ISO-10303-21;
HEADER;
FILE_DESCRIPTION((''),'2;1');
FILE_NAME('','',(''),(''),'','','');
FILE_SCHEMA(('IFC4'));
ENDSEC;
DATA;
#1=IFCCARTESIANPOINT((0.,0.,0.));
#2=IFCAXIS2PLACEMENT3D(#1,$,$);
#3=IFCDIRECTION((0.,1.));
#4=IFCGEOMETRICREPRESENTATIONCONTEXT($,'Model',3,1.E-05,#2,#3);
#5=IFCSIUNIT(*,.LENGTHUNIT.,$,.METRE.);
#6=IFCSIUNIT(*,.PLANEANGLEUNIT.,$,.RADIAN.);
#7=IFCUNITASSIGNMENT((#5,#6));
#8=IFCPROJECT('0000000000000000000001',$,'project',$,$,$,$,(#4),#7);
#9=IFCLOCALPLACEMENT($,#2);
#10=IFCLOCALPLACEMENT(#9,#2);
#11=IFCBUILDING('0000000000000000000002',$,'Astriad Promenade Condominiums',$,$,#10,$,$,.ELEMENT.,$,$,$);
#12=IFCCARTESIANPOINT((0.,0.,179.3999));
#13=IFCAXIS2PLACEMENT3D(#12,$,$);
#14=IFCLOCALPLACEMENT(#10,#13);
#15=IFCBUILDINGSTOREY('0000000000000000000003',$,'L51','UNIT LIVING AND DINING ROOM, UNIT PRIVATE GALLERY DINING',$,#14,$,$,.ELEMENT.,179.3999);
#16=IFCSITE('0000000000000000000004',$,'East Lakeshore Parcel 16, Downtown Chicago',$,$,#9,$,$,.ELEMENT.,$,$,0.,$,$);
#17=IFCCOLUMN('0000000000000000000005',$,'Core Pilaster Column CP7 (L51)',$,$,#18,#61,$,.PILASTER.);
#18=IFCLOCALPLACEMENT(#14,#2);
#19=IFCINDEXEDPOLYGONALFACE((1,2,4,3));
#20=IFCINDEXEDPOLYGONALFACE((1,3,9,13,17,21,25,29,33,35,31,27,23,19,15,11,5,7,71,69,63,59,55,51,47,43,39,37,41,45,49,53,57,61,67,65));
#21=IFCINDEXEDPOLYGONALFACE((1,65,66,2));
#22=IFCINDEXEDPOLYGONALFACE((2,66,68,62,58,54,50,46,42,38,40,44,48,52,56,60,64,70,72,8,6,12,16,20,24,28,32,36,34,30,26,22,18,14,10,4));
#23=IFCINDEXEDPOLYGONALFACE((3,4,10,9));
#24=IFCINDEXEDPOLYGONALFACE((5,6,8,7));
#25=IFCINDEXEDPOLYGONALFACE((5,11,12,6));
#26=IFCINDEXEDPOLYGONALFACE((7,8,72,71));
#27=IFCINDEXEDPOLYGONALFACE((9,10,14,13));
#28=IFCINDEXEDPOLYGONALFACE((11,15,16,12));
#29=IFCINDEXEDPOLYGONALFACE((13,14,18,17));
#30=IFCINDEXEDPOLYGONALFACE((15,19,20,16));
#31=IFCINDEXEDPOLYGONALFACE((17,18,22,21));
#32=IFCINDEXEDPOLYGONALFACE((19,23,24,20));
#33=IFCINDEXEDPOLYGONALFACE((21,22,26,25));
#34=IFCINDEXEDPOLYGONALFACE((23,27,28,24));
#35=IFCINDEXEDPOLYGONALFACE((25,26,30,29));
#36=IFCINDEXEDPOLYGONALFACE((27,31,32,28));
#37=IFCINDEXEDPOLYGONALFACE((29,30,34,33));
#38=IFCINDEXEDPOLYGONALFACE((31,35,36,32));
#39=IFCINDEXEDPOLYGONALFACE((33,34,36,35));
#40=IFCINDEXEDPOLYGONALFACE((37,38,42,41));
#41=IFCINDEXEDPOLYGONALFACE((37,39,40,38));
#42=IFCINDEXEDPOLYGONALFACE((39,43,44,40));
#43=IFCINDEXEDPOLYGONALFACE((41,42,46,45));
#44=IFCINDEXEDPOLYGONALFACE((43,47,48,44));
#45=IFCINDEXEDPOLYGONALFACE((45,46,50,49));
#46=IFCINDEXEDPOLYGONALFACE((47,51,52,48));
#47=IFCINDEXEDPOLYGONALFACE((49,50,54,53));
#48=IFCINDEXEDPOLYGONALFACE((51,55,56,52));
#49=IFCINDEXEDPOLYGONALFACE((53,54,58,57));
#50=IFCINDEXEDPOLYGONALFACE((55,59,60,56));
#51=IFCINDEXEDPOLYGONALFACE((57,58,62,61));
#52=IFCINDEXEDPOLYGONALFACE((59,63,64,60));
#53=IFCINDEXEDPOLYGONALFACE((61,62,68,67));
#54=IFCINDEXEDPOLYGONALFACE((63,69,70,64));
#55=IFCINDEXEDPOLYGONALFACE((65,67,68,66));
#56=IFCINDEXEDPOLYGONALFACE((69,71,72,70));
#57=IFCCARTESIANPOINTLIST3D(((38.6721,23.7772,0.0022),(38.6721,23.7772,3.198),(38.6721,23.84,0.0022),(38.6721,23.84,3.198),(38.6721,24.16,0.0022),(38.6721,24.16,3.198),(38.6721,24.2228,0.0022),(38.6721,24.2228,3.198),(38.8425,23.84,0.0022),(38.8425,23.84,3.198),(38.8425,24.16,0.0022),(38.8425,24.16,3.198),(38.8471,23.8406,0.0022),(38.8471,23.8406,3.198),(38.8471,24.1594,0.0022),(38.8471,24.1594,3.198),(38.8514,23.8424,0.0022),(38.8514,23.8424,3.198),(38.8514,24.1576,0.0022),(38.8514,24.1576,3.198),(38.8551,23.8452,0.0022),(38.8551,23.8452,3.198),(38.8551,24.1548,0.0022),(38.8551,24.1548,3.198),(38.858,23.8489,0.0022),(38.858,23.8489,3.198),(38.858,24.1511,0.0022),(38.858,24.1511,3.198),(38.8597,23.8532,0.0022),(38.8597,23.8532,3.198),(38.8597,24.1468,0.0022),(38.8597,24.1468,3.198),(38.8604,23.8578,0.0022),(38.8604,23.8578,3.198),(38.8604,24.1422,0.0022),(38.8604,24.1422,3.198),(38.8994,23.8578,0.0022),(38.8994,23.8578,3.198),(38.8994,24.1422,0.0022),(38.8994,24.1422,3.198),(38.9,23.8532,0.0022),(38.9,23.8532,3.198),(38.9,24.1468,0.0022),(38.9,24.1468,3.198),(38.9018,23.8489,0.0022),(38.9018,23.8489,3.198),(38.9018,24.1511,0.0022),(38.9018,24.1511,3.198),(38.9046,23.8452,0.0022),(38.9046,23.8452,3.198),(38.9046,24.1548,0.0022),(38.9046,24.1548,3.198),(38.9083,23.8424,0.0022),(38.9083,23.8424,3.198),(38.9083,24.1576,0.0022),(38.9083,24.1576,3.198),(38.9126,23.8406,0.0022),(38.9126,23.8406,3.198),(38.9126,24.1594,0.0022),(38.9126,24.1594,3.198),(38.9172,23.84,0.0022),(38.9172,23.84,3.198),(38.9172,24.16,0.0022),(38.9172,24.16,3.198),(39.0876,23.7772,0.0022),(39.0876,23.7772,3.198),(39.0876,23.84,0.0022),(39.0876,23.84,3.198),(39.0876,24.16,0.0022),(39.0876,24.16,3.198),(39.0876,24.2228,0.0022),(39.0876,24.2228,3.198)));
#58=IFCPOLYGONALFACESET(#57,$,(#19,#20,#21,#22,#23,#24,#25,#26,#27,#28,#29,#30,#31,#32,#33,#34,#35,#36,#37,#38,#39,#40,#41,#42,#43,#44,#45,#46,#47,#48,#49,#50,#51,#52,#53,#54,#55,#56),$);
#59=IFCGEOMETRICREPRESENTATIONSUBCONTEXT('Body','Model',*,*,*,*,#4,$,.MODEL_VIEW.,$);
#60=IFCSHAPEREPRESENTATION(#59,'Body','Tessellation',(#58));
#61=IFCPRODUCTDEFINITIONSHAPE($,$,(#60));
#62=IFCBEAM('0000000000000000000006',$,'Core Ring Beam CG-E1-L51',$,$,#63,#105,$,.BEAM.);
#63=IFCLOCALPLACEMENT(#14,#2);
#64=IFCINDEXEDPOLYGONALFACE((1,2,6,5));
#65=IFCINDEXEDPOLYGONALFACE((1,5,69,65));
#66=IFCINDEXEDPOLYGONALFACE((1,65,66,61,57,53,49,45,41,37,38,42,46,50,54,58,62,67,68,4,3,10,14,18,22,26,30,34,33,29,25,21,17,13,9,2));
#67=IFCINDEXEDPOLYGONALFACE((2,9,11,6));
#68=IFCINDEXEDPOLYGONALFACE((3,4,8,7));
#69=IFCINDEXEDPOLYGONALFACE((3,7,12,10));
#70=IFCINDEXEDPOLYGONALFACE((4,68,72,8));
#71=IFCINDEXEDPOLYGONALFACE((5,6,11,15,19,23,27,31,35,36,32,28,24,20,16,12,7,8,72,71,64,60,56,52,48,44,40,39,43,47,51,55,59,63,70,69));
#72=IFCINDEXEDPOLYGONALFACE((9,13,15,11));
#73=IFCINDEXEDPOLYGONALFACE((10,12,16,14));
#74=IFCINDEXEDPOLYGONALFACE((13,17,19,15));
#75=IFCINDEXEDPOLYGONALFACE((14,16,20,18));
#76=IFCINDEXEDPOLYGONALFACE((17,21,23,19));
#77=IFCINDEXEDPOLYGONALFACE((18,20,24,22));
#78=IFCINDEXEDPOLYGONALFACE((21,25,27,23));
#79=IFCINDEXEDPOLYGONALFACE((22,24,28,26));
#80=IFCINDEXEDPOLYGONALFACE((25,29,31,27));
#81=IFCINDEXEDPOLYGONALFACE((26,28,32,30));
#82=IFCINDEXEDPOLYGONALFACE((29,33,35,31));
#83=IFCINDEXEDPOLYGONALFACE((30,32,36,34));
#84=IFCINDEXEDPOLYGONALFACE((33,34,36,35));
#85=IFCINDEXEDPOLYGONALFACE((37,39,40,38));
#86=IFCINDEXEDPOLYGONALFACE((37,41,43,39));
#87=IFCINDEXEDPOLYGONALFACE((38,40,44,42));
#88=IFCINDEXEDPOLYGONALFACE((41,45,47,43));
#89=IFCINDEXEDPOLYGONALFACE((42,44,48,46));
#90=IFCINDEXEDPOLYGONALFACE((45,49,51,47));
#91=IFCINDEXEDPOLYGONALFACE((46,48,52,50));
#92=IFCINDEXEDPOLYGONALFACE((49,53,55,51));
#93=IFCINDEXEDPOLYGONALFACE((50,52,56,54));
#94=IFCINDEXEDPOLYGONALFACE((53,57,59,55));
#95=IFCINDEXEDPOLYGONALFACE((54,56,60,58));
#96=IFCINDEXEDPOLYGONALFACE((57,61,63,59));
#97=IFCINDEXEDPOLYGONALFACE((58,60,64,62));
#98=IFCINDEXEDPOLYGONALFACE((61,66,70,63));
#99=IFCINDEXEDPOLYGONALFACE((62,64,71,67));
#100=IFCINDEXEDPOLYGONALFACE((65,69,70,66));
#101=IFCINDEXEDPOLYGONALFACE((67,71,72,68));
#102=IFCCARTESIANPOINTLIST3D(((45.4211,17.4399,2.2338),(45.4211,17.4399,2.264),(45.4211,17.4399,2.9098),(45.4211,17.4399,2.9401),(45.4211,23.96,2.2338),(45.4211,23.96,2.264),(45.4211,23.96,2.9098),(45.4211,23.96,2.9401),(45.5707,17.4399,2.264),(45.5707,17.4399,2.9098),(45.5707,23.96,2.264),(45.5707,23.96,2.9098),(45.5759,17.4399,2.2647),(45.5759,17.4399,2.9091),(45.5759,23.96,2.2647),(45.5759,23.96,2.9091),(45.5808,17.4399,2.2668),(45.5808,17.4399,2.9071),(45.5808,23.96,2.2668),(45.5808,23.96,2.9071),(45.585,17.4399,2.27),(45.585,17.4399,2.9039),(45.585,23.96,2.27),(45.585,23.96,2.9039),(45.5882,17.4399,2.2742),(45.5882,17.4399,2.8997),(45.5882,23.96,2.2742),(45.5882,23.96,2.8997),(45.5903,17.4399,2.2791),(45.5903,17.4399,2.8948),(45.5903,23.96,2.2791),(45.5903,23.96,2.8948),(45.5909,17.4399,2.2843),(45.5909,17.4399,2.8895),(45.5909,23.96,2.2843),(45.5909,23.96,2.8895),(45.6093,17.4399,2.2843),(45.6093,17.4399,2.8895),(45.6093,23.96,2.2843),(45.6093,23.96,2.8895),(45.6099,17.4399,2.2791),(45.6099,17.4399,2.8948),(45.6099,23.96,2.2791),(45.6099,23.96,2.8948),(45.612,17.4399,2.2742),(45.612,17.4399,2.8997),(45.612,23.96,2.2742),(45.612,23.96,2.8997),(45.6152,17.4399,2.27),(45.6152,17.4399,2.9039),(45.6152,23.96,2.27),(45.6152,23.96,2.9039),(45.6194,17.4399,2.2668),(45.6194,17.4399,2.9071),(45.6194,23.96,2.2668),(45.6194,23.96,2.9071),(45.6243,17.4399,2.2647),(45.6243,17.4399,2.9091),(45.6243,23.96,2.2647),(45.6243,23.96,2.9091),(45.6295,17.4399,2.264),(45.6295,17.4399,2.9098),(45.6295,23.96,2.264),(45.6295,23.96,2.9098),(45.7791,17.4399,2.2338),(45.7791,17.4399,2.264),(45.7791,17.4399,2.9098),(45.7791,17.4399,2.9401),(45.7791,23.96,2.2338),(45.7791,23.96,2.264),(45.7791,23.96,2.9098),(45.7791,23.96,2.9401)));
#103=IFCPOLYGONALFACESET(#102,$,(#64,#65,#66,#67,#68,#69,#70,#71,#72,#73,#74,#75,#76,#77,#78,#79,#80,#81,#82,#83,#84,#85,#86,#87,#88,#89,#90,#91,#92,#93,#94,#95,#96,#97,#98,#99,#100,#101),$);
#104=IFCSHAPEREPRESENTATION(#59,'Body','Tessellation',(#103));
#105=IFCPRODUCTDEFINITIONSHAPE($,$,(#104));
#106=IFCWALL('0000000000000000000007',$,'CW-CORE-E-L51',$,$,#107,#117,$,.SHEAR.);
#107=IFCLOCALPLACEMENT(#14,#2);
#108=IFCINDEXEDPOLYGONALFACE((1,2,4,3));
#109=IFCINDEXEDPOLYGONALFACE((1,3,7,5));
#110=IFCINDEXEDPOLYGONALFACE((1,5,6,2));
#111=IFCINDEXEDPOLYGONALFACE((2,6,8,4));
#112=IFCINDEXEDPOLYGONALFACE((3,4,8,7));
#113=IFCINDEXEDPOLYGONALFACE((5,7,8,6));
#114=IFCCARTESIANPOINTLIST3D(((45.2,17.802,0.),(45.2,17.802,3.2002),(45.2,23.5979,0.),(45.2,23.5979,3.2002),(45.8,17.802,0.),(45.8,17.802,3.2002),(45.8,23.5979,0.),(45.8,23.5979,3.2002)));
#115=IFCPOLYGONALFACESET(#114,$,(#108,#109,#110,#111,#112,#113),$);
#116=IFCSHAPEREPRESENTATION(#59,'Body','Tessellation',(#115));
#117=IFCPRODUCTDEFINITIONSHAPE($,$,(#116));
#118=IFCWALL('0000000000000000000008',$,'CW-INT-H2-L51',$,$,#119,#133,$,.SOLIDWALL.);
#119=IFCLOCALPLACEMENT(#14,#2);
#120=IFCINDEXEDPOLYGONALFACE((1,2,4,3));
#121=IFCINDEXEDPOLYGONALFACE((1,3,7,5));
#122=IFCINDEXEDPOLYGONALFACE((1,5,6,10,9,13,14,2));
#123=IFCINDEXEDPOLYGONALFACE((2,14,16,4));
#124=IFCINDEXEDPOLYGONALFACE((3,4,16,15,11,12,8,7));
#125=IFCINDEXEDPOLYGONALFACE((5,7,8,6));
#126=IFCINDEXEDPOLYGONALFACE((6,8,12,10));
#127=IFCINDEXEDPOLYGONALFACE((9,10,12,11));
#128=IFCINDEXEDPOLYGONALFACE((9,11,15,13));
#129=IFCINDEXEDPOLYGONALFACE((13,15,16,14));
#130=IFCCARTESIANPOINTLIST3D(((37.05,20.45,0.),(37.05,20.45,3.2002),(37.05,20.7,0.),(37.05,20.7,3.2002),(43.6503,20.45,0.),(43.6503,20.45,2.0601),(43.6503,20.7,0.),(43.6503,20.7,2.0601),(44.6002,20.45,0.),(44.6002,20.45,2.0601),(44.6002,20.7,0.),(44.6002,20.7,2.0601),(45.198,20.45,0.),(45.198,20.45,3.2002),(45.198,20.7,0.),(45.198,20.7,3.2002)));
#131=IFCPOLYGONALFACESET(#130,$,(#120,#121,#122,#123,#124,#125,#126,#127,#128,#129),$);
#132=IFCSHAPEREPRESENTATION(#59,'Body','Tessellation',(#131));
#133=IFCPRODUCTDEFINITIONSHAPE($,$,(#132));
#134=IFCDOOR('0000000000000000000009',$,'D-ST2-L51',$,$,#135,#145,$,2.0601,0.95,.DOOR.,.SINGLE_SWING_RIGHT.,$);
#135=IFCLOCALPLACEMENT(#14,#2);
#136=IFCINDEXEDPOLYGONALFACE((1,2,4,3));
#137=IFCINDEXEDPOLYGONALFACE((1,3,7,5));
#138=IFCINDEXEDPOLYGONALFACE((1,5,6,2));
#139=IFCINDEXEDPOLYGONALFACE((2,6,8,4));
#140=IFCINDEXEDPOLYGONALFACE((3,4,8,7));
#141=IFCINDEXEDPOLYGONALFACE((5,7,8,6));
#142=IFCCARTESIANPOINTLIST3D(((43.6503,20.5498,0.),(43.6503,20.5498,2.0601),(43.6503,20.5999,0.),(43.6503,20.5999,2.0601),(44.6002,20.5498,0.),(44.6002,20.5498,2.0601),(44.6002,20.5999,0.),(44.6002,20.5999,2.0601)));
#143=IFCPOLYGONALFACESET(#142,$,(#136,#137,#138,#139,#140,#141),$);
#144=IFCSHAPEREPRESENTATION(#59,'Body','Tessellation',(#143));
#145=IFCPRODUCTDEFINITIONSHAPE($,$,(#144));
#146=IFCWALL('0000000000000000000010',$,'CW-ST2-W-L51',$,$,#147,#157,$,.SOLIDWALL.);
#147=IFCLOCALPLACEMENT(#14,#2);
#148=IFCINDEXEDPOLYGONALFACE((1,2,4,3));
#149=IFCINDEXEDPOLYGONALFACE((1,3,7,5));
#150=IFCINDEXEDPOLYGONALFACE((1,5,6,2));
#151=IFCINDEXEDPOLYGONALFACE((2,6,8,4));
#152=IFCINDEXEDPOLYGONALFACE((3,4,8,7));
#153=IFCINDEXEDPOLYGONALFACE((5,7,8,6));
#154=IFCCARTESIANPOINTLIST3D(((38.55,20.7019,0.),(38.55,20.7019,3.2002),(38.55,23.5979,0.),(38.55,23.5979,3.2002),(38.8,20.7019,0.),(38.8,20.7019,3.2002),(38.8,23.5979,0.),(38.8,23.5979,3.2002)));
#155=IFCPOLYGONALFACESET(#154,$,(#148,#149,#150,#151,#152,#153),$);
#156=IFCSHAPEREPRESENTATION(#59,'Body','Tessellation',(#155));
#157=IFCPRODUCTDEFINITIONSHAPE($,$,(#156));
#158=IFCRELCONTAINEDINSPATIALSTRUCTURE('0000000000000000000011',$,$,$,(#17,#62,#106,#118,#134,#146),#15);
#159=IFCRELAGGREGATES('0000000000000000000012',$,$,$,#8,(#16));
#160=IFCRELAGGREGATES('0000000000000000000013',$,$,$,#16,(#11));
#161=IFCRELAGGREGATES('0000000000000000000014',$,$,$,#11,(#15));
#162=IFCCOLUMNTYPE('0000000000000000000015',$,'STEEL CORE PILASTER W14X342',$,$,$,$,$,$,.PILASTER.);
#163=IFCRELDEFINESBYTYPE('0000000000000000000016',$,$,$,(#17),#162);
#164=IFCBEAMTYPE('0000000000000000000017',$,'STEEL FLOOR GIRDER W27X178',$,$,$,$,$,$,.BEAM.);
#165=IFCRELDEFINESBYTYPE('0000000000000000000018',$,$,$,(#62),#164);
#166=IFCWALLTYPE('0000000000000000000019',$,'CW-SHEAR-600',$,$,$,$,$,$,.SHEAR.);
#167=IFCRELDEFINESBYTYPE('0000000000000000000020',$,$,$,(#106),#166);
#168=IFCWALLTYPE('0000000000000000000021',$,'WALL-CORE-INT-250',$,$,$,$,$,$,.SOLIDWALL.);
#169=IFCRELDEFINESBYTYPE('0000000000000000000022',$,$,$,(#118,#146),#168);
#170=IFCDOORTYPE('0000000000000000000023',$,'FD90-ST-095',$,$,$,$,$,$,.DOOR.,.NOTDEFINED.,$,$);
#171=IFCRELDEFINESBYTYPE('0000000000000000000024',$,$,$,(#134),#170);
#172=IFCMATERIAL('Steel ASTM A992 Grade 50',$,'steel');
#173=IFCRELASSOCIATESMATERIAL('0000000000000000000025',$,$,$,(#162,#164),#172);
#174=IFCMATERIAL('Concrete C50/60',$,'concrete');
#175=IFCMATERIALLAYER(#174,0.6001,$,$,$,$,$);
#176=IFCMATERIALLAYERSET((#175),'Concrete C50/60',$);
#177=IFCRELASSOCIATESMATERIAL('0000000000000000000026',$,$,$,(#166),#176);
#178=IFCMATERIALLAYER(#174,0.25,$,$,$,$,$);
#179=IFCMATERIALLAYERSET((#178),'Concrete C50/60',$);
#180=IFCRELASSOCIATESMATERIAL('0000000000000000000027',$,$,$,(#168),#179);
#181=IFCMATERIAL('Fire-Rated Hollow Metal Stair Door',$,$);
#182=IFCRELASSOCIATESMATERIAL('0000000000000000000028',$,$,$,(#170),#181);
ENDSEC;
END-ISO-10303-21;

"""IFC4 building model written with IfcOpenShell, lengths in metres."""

from ifc_helpers import new_model, si_unit, direction, frame, frame_2d, origin, origin_2d, place, context, subcontext, project, spatial, rectangle, i_section, extrude, source, transform, mapped, material, layer, layer_set, material_profile, profile_set, type_object, type_shapes, element, fill, save


model = new_model("IFC4")

# Units and contexts
model_context = context("Model", 3, precision=1e-05, world=origin(), true_north=direction((0.0, 1.0)))
body_context = subcontext(model_context, "Body", "Model", "MODEL_VIEW")
ifc_project = project(units=[si_unit("LENGTHUNIT", "METRE"), si_unit("PLANEANGLEUNIT", "RADIAN")], contexts=[model_context])

# Site, building, storey
site_placement = place(None, origin())
site = spatial("IfcSite", under=ifc_project, at=site_placement, Name="East Lakeshore Parcel 16, Downtown Chicago", CompositionType="ELEMENT", RefElevation=0.0)
building_placement = place(site_placement, origin())
building = spatial("IfcBuilding", under=site, at=building_placement, Name="Astriad Promenade Condominiums", CompositionType="ELEMENT")
storey_placement = place(building_placement, frame((0.0, 0.0, 179.3999)))
storey = spatial("IfcBuildingStorey", under=building, at=storey_placement, Name="L51", Description="UNIT LIVING AND DINING ROOM, UNIT PRIVATE GALLERY DINING", CompositionType="ELEMENT", Elevation=179.3999)

# Column
ifc_material_1 = material(Name="Steel ASTM A992 Grade 50", Category="steel")
ifc_material_profile_1 = material_profile(ifc_material_1, i_section(OverallWidth=0.4155, OverallDepth=0.4456, WebThickness=0.0391, FlangeThickness=0.0627, FilletRadius=0.0178, at=origin_2d()), Name="W14X342")
ifc_profile_set_1 = profile_set([ifc_material_profile_1], Name="Steel ASTM A992 Grade 50")
column_type = type_object("IfcColumnType", Name="STEEL CORE PILASTER W14X342", PredefinedType="PILASTER", material=ifc_profile_set_1)
shared_shape_1 = source(origin(), body_context, "Body", "SweptSolid", [
    extrude(i_section(OverallWidth=0.4155, OverallDepth=0.4456, WebThickness=0.0391, FlangeThickness=0.0627, FilletRadius=0.0178, at=origin_2d()), origin(), (0.0, 0.0, 1.0), 3.1958),
])
type_shapes(column_type, [shared_shape_1])
column_placement = place(storey_placement, frame((38.8799, 24.0, 0.0022), z_axis=(0.0, 0.0, 1.0), x_axis=(1.0, 0.0, 0.0)))
element("IfcColumn", 1, at=column_placement, inside=storey, type_object=column_type, Name="Core Pilaster Column CP7 (L51)", PredefinedType="PILASTER", context=body_context, shape_type="MappedRepresentation", body=[
    mapped(shared_shape_1, transform((0.0, 0.0, 0.0), scale=1.0)),
])

# Beam
ifc_material_profile_2 = material_profile(ifc_material_1, i_section(OverallWidth=0.3579, OverallDepth=0.7063, WebThickness=0.0183, FlangeThickness=0.0303, FilletRadius=0.0203, at=origin_2d()), Name="W27X178")
ifc_profile_set_2 = profile_set([ifc_material_profile_2], Name="Steel ASTM A992 Grade 50")
beam_type = type_object("IfcBeamType", Name="STEEL FLOOR GIRDER W27X178", PredefinedType="BEAM", material=ifc_profile_set_2)
shared_shape_2 = source(origin(), body_context, "Body", "SweptSolid", [
    extrude(i_section(OverallWidth=0.3579, OverallDepth=0.7063, WebThickness=0.0183, FlangeThickness=0.0303, FilletRadius=0.0203, at=origin_2d()), origin(), (0.0, 0.0, 1.0), 6.52),
])
type_shapes(beam_type, [shared_shape_2])
beam_placement = place(storey_placement, frame((45.6001, 17.4399, 2.5869), z_axis=(0.0, 1.0, 0.0), x_axis=(-1.0, 0.0, 0.0)))
element("IfcBeam", 2, at=beam_placement, inside=storey, type_object=beam_type, Name="Core Ring Beam CG-E1-L51", PredefinedType="BEAM", context=body_context, shape_type="MappedRepresentation", body=[
    mapped(shared_shape_2, transform((0.0, 0.0, 0.0), scale=1.0)),
])

# Wall
ifc_material_2 = material(Name="Concrete C50/60", Category="concrete")
ifc_layer_1 = layer(ifc_material_2, 0.6001)
ifc_layer_set_1 = layer_set([ifc_layer_1], Name="Concrete C50/60")
wall_type_1 = type_object("IfcWallType", Name="CW-SHEAR-600", PredefinedType="SHEAR", material=ifc_layer_set_1)
wall_1_placement = place(storey_placement, frame((45.5, 17.802, 0.0), z_axis=(0.0, 0.0, 1.0), x_axis=(0.0, 1.0, 0.0)))
element("IfcWall", 3, at=wall_1_placement, inside=storey, type_object=wall_type_1, Name="CW-CORE-E-L51", PredefinedType="SHEAR", context=body_context, shape_type="SweptSolid", body=[
    extrude(rectangle(XDim=5.7959, YDim=0.6001, at=frame_2d((2.8979, 0.0))), origin(), (0.0, 0.0, 1.0), 3.2002),
])

# Wall, opening, door
ifc_layer_2 = layer(ifc_material_2, 0.25)
ifc_layer_set_2 = layer_set([ifc_layer_2], Name="Concrete C50/60")
wall_type_2 = type_object("IfcWallType", Name="WALL-CORE-INT-250", PredefinedType="SOLIDWALL", material=ifc_layer_set_2)
wall_2_placement = place(storey_placement, frame((37.05, 20.575, 0.0), z_axis=(0.0, 0.0, 1.0), x_axis=(1.0, 0.0, 0.0)))
wall_2 = element("IfcWall", 4, at=wall_2_placement, inside=storey, type_object=wall_type_2, Name="CW-INT-H2-L51", PredefinedType="SOLIDWALL", context=body_context, shape_type="SweptSolid", body=[
    extrude(rectangle(XDim=8.1479, YDim=0.25, at=frame_2d((4.074, 0.0))), origin(), (0.0, 0.0, 1.0), 3.2002),
])
opening_1_placement = place(wall_2_placement, frame((6.6001, 0.0, 0.0)))
opening_1 = element("IfcOpeningElement", 5, at=opening_1_placement, cuts=wall_2, PredefinedType="OPENING", context=body_context, shape_type="SweptSolid", body=[
    extrude(rectangle(XDim=0.95, YDim=2.0601, at=frame_2d((0.4751, 1.03))), frame((0.0, 0.135, 0.0), z_axis=(0.0, -1.0, 0.0), x_axis=(1.0, 0.0, 0.0)), (0.0, 0.0, 1.0), 0.27),
])
ifc_material_3 = material(Name="Fire-Rated Hollow Metal Stair Door")
door_type_1 = type_object("IfcDoorType", Name="FD90-ST-095", OperationType="NOTDEFINED", PredefinedType="DOOR", material=ifc_material_3)
shared_shape_3 = source(origin(), body_context, "Body", "SweptSolid", [
    extrude(rectangle(XDim=0.95, YDim=2.0601, at=frame_2d((0.4751, 1.03))), frame((0.0, 0.0249, 0.0), z_axis=(0.0, -1.0, 0.0), x_axis=(1.0, 0.0, 0.0)), (0.0, 0.0, 1.0), 0.05),
])
type_shapes(door_type_1, [shared_shape_3])
door_1_placement = place(opening_1_placement, origin())
door_1 = element("IfcDoor", 6, at=door_1_placement, inside=storey, type_object=door_type_1, Name="D-ST2-L51", OperationType="SINGLE_SWING_RIGHT", OverallHeight=2.0601, OverallWidth=0.95, PredefinedType="DOOR", context=body_context, shape_type="MappedRepresentation", body=[
    mapped(shared_shape_3, transform((0.0, 0.0, 0.0), scale=1.0)),
])
fill(opening_1, door_1)

# Wall
wall_3_placement = place(storey_placement, frame((38.675, 20.7019, 0.0), z_axis=(0.0, 0.0, 1.0), x_axis=(0.0, 1.0, 0.0)))
element("IfcWall", 7, at=wall_3_placement, inside=storey, type_object=wall_type_2, Name="CW-ST2-W-L51", PredefinedType="SOLIDWALL", context=body_context, shape_type="SweptSolid", body=[
    extrude(rectangle(XDim=2.896, YDim=0.25, at=frame_2d((1.448, 0.0))), origin(), (0.0, 0.0, 1.0), 3.2002),
])

save(model, "model.ifc")
